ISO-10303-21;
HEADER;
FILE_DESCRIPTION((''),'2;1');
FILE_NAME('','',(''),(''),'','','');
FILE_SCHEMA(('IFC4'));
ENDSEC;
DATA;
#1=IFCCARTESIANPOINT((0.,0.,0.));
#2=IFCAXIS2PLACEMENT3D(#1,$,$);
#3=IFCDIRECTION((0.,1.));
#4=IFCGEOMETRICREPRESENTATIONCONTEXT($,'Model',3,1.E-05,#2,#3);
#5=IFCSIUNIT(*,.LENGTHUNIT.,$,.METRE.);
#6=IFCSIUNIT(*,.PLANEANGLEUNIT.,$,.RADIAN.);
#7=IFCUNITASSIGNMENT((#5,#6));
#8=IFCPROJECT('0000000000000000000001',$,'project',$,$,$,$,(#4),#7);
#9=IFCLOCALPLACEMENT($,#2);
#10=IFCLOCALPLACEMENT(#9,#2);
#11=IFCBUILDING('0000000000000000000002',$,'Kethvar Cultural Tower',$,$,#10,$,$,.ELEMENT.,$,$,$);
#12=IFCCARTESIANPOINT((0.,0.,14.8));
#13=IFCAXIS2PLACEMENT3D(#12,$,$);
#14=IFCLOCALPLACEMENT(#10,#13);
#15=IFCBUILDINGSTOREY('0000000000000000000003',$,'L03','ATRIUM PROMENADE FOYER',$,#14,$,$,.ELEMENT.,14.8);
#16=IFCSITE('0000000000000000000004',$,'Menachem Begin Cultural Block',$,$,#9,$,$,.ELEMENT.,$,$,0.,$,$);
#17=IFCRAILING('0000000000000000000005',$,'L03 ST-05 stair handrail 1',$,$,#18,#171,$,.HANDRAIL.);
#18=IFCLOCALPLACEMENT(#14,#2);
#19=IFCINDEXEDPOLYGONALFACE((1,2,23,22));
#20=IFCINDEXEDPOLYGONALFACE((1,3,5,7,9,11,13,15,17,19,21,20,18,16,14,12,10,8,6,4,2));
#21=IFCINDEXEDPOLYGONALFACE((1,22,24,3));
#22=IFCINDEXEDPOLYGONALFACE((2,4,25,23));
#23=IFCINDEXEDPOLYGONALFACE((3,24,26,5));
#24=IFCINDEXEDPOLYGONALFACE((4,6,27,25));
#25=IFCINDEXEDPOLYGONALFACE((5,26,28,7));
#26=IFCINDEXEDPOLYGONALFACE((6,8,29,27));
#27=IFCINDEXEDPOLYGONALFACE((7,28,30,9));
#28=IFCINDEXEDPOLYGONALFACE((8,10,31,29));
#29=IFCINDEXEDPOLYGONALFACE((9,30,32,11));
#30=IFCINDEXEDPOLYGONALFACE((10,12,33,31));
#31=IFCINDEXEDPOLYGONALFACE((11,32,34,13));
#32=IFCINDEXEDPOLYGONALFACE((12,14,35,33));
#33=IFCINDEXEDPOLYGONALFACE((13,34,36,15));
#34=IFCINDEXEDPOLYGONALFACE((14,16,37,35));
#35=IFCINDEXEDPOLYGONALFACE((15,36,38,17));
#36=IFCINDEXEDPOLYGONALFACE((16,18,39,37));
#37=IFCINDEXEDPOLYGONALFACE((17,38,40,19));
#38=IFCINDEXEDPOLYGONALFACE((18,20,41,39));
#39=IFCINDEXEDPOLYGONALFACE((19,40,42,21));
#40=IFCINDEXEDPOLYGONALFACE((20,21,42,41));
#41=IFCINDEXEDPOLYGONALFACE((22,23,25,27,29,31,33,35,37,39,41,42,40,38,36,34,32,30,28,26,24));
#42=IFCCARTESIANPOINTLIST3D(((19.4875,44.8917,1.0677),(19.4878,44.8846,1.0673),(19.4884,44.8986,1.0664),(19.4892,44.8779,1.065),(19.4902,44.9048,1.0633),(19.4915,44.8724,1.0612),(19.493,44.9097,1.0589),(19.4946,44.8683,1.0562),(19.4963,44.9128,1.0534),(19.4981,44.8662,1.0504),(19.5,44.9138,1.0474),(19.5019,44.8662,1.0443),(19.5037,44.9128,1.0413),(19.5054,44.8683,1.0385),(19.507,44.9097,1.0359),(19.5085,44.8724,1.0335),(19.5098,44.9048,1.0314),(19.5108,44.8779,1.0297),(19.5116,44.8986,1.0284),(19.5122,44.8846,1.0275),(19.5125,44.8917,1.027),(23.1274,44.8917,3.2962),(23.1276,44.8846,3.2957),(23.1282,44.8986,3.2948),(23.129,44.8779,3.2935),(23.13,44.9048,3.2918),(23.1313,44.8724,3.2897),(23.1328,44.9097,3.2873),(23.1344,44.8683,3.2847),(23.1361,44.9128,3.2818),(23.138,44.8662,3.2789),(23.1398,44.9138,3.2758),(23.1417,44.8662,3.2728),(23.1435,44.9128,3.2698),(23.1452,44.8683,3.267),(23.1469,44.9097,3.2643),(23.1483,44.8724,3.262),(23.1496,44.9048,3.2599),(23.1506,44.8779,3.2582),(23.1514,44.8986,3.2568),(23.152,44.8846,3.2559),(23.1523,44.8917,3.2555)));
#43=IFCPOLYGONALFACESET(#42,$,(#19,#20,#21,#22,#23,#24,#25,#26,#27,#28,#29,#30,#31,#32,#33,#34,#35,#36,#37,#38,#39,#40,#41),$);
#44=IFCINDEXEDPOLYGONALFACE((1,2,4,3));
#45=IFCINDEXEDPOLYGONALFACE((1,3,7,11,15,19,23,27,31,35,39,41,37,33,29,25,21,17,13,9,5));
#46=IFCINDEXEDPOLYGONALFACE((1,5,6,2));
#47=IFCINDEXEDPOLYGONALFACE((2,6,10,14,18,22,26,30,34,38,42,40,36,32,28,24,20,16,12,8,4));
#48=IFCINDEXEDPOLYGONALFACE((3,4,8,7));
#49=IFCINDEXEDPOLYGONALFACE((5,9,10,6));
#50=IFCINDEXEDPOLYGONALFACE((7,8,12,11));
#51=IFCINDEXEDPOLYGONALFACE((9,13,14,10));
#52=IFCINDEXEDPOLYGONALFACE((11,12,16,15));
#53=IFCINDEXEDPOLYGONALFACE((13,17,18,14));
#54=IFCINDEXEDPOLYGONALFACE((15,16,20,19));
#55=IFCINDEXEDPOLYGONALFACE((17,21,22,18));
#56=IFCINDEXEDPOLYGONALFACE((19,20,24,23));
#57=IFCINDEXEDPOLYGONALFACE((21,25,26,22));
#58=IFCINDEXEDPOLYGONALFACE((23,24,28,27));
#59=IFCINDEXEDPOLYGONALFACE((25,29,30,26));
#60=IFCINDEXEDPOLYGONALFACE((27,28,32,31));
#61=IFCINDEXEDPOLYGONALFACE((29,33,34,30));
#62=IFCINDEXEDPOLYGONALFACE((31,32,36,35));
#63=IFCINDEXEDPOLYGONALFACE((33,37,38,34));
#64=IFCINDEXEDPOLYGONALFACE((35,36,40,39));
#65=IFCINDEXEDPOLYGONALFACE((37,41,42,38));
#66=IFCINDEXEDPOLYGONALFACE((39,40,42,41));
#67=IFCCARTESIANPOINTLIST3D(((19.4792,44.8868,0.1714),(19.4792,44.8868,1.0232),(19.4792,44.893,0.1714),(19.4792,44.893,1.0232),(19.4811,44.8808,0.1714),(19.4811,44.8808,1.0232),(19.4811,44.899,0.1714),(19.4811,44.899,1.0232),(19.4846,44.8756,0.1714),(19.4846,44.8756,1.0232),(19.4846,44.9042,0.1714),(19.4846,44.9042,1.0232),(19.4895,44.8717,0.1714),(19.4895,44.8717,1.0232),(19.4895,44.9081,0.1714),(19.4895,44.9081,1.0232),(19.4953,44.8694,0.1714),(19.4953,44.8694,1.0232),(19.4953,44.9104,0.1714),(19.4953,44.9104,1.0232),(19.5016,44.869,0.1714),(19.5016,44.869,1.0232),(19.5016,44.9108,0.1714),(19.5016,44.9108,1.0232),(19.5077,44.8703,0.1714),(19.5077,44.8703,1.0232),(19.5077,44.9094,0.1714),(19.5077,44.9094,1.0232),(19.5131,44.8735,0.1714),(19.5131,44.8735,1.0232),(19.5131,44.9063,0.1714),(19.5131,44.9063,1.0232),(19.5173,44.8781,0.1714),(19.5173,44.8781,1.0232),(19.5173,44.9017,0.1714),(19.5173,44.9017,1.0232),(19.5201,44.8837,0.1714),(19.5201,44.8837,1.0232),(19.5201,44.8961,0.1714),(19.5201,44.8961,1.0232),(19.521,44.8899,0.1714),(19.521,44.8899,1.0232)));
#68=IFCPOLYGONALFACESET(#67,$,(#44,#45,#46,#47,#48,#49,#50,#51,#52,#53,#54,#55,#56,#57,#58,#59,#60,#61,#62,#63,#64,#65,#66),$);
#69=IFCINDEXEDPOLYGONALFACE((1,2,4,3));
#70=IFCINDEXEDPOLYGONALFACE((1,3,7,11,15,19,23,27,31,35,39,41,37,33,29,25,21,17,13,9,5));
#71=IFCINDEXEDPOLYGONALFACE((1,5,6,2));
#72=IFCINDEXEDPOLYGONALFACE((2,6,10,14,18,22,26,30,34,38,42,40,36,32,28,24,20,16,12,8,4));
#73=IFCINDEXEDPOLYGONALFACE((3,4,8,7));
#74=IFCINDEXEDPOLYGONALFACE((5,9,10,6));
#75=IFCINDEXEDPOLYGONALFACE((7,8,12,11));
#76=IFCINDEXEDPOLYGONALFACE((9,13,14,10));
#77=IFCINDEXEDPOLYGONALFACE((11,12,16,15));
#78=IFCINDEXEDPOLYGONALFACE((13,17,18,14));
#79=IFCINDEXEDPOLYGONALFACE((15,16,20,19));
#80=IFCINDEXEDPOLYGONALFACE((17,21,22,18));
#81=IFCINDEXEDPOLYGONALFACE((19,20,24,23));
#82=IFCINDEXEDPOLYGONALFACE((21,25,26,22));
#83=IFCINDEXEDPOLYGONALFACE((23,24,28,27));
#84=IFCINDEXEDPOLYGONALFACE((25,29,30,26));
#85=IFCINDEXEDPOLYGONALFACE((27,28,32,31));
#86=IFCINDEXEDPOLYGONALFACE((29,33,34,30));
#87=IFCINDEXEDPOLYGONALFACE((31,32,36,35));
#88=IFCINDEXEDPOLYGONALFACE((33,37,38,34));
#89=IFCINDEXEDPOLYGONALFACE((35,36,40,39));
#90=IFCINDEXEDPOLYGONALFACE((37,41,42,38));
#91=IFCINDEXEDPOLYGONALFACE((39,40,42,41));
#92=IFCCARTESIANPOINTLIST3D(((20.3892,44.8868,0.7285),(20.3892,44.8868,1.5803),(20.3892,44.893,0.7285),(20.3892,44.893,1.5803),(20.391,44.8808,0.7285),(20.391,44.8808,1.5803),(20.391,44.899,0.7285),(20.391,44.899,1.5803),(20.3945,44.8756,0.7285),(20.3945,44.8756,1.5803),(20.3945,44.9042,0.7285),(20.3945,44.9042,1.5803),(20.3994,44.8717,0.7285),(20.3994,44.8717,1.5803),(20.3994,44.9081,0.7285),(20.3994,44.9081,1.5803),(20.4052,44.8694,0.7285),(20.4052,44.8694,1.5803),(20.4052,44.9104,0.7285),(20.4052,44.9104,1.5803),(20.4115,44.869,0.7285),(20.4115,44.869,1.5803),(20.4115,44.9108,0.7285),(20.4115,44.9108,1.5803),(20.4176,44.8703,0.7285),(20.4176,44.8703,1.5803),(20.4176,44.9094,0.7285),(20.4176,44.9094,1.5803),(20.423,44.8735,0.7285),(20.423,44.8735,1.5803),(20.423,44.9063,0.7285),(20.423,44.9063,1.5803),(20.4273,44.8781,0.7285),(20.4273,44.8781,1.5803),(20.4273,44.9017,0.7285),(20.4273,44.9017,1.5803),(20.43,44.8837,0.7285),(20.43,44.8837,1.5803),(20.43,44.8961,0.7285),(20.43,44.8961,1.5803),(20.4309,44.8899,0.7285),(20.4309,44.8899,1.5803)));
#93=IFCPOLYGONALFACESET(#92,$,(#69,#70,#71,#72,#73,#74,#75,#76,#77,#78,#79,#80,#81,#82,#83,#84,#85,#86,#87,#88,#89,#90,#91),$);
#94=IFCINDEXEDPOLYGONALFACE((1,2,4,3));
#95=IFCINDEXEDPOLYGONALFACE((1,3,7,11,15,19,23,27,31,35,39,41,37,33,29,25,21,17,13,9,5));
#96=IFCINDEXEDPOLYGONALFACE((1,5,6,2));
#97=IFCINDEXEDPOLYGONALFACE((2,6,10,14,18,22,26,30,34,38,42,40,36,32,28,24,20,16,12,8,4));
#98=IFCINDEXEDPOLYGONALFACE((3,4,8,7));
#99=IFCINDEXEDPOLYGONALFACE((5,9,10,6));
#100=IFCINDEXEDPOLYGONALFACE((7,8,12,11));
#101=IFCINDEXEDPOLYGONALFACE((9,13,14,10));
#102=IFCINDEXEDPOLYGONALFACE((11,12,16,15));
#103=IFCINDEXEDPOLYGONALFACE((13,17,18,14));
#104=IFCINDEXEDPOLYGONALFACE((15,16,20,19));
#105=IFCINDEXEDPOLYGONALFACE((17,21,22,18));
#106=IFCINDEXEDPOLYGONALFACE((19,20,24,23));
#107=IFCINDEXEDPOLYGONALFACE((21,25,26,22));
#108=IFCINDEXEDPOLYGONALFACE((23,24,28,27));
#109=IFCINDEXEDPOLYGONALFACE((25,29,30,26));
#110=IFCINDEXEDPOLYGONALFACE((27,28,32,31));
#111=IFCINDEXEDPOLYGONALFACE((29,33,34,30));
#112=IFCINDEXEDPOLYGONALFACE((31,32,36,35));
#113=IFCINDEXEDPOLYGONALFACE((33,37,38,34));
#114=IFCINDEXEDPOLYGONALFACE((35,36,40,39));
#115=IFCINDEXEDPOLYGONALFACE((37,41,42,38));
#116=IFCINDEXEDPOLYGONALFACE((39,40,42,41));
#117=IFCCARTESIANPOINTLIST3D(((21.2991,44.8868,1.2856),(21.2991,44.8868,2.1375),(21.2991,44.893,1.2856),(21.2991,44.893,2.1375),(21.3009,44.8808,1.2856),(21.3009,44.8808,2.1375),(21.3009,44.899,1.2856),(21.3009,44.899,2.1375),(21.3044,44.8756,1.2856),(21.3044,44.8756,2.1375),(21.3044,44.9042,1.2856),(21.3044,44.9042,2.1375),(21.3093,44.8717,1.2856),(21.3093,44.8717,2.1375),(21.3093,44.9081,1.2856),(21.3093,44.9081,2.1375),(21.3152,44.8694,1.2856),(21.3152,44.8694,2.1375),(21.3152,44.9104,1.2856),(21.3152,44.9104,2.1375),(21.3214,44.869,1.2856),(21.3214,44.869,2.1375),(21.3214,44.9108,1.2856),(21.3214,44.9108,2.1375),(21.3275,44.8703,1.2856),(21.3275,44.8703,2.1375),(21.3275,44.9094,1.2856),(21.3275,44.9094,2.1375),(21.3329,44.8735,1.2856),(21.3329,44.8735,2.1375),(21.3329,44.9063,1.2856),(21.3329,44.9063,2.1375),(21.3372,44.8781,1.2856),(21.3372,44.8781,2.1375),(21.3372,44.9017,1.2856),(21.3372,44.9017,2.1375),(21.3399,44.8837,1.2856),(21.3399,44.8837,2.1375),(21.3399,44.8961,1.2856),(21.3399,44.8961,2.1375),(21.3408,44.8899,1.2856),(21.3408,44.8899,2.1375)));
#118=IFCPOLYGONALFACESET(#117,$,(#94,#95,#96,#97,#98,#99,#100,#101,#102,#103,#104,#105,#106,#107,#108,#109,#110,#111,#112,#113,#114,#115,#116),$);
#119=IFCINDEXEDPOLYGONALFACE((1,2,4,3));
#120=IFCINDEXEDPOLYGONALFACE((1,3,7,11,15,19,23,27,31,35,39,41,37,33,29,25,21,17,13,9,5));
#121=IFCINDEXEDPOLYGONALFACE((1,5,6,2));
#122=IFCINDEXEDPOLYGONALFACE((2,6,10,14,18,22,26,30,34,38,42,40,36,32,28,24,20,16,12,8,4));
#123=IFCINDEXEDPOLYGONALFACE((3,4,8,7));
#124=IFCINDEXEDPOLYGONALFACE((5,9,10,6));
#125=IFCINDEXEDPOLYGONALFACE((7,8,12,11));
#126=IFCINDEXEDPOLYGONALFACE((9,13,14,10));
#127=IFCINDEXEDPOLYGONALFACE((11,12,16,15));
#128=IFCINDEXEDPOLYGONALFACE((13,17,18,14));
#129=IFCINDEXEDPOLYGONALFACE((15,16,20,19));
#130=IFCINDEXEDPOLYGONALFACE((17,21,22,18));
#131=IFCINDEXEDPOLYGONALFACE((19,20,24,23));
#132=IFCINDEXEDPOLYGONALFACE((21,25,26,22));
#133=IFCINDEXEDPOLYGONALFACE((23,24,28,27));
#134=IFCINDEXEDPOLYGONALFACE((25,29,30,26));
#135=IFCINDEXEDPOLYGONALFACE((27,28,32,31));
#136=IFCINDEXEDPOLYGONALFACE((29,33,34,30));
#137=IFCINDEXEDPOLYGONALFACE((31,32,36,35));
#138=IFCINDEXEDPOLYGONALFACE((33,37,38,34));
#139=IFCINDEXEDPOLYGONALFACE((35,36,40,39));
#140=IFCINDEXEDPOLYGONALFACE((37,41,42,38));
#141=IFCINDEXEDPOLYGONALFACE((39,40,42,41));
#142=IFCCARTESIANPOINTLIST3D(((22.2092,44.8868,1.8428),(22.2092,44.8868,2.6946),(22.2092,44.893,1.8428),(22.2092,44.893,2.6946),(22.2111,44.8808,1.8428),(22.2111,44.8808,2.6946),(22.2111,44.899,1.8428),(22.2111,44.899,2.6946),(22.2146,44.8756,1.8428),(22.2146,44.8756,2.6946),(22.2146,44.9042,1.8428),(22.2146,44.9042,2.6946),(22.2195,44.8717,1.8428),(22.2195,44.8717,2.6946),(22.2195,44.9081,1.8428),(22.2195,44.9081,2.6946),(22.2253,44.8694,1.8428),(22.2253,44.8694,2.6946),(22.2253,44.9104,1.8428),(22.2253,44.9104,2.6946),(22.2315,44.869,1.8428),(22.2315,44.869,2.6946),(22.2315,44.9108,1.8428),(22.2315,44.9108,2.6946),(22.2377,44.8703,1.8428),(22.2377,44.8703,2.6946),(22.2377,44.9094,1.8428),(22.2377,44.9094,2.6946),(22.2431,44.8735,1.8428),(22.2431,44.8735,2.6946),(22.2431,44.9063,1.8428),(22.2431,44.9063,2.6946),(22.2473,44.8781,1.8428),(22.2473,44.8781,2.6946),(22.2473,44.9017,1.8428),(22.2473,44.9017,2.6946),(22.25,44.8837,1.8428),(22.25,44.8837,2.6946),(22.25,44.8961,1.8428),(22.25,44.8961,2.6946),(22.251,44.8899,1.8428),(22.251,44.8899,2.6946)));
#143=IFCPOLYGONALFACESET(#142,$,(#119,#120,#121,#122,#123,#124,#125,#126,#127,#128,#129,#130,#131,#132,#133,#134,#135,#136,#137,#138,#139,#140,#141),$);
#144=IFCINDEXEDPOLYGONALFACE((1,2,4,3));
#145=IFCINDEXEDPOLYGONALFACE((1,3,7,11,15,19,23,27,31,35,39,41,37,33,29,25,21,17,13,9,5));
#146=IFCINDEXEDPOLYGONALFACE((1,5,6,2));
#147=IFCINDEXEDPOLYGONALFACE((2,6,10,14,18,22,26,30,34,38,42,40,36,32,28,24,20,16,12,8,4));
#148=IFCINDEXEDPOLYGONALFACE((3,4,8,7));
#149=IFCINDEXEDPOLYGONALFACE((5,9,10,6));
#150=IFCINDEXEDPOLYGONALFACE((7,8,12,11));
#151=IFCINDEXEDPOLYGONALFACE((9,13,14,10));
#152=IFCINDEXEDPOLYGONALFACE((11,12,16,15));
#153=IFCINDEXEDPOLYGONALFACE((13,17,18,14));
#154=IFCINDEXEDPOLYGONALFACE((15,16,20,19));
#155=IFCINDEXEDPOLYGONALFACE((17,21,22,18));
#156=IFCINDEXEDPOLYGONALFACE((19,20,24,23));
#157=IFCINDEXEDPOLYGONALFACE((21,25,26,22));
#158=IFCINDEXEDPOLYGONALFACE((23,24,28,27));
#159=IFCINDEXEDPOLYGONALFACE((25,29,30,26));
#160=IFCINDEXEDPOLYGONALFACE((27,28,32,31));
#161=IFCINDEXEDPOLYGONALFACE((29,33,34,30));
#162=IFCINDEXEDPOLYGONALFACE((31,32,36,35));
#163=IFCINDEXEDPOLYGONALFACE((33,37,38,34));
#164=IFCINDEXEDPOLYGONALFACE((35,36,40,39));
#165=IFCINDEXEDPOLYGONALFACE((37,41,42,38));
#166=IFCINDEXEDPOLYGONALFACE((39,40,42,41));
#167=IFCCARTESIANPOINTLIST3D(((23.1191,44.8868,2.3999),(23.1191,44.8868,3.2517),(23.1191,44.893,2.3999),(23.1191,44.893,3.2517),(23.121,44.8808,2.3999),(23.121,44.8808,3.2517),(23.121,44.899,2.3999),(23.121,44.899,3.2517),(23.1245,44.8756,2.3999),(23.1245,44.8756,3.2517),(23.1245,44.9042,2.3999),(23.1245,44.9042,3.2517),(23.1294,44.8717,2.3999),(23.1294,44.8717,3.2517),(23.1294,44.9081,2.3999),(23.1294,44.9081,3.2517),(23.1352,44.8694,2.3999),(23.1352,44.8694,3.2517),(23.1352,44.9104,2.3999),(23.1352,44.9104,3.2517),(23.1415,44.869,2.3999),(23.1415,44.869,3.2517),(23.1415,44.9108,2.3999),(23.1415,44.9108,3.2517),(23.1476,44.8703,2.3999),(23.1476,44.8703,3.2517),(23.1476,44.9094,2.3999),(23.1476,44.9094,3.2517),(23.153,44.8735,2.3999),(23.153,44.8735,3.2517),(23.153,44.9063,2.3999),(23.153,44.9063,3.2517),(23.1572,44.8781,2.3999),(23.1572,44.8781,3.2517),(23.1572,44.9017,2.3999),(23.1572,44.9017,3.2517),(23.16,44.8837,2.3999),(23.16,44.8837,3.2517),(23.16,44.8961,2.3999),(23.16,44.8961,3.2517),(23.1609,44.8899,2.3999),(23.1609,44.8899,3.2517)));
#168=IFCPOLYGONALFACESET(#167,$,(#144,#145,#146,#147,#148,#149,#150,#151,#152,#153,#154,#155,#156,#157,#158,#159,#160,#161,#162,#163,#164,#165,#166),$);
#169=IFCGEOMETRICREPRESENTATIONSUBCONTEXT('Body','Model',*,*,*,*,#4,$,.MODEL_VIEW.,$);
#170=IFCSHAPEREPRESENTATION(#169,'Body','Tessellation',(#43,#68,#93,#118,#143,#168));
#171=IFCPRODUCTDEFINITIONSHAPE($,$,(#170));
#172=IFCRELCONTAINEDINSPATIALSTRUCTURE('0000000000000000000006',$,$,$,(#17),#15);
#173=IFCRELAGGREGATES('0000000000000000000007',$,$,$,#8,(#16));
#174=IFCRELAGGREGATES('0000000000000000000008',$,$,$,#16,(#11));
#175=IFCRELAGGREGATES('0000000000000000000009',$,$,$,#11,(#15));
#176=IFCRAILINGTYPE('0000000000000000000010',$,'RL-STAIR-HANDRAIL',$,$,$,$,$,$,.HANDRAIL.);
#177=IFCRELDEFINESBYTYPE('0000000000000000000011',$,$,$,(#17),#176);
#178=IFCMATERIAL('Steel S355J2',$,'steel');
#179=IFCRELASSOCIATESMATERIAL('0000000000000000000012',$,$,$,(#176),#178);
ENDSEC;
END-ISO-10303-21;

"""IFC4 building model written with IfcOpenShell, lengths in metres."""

from ifc_helpers import new_model, si_unit, direction, frame, origin, origin_2d, place, context, subcontext, project, spatial, circle, extrude, material, type_object, element, save


model = new_model("IFC4")

# Units and contexts
model_context = context("Model", 3, precision=1e-05, world=origin(), true_north=direction((0.0, 1.0)))
body_context = subcontext(model_context, "Body", "Model", "MODEL_VIEW")
ifc_project = project(units=[si_unit("LENGTHUNIT", "METRE"), si_unit("PLANEANGLEUNIT", "RADIAN")], contexts=[model_context])

# Site, building, storey
site_placement = place(None, origin())
site = spatial("IfcSite", under=ifc_project, at=site_placement, Name="Menachem Begin Cultural Block", CompositionType="ELEMENT", RefElevation=0.0)
building_placement = place(site_placement, origin())
building = spatial("IfcBuilding", under=site, at=building_placement, Name="Kethvar Cultural Tower", CompositionType="ELEMENT")
storey_placement = place(building_placement, frame((0.0, 0.0, 14.8)))
storey = spatial("IfcBuildingStorey", under=building, at=storey_placement, Name="L03", Description="ATRIUM PROMENADE FOYER", CompositionType="ELEMENT", Elevation=14.8)

# Railing
ifc_material_1 = material(Name="Steel S355J2", Category="steel")
railing_type_1 = type_object("IfcRailingType", Name="RL-STAIR-HANDRAIL", PredefinedType="HANDRAIL", material=ifc_material_1)
railing_1_placement = place(storey_placement, frame((19.5, 44.8899, 0.1714)))
element("IfcRailing", 1, at=railing_1_placement, inside=storey, type_object=railing_type_1, Name="L03 ST-05 stair handrail 1", PredefinedType="HANDRAIL", context=body_context, shape_type="SweptSolid", body=[
    extrude(circle(Radius=0.0239, at=origin_2d()), frame((0.0, 0.0, 0.876), z_axis=(0.85285, 0.0, 0.522156), x_axis=(0.0, 1.0, 0.0)), (0.0, 0.0, 1.0), 4.2678),
    extrude(circle(Radius=0.021, at=origin_2d()), origin(), (0.0, 0.0, 1.0), 0.8518),
    extrude(circle(Radius=0.021, at=origin_2d()), frame((0.9099, 0.0, 0.5571)), (0.0, 0.0, 1.0), 0.8518),
    extrude(circle(Radius=0.021, at=origin_2d()), frame((1.8198, 0.0, 1.1143)), (0.0, 0.0, 1.0), 0.8518),
    extrude(circle(Radius=0.021, at=origin_2d()), frame((2.73, 0.0, 1.6714)), (0.0, 0.0, 1.0), 0.8518),
    extrude(circle(Radius=0.021, at=origin_2d()), frame((3.6399, 0.0, 2.2285)), (0.0, 0.0, 1.0), 0.8518),
])

save(model, "model.ifc")
